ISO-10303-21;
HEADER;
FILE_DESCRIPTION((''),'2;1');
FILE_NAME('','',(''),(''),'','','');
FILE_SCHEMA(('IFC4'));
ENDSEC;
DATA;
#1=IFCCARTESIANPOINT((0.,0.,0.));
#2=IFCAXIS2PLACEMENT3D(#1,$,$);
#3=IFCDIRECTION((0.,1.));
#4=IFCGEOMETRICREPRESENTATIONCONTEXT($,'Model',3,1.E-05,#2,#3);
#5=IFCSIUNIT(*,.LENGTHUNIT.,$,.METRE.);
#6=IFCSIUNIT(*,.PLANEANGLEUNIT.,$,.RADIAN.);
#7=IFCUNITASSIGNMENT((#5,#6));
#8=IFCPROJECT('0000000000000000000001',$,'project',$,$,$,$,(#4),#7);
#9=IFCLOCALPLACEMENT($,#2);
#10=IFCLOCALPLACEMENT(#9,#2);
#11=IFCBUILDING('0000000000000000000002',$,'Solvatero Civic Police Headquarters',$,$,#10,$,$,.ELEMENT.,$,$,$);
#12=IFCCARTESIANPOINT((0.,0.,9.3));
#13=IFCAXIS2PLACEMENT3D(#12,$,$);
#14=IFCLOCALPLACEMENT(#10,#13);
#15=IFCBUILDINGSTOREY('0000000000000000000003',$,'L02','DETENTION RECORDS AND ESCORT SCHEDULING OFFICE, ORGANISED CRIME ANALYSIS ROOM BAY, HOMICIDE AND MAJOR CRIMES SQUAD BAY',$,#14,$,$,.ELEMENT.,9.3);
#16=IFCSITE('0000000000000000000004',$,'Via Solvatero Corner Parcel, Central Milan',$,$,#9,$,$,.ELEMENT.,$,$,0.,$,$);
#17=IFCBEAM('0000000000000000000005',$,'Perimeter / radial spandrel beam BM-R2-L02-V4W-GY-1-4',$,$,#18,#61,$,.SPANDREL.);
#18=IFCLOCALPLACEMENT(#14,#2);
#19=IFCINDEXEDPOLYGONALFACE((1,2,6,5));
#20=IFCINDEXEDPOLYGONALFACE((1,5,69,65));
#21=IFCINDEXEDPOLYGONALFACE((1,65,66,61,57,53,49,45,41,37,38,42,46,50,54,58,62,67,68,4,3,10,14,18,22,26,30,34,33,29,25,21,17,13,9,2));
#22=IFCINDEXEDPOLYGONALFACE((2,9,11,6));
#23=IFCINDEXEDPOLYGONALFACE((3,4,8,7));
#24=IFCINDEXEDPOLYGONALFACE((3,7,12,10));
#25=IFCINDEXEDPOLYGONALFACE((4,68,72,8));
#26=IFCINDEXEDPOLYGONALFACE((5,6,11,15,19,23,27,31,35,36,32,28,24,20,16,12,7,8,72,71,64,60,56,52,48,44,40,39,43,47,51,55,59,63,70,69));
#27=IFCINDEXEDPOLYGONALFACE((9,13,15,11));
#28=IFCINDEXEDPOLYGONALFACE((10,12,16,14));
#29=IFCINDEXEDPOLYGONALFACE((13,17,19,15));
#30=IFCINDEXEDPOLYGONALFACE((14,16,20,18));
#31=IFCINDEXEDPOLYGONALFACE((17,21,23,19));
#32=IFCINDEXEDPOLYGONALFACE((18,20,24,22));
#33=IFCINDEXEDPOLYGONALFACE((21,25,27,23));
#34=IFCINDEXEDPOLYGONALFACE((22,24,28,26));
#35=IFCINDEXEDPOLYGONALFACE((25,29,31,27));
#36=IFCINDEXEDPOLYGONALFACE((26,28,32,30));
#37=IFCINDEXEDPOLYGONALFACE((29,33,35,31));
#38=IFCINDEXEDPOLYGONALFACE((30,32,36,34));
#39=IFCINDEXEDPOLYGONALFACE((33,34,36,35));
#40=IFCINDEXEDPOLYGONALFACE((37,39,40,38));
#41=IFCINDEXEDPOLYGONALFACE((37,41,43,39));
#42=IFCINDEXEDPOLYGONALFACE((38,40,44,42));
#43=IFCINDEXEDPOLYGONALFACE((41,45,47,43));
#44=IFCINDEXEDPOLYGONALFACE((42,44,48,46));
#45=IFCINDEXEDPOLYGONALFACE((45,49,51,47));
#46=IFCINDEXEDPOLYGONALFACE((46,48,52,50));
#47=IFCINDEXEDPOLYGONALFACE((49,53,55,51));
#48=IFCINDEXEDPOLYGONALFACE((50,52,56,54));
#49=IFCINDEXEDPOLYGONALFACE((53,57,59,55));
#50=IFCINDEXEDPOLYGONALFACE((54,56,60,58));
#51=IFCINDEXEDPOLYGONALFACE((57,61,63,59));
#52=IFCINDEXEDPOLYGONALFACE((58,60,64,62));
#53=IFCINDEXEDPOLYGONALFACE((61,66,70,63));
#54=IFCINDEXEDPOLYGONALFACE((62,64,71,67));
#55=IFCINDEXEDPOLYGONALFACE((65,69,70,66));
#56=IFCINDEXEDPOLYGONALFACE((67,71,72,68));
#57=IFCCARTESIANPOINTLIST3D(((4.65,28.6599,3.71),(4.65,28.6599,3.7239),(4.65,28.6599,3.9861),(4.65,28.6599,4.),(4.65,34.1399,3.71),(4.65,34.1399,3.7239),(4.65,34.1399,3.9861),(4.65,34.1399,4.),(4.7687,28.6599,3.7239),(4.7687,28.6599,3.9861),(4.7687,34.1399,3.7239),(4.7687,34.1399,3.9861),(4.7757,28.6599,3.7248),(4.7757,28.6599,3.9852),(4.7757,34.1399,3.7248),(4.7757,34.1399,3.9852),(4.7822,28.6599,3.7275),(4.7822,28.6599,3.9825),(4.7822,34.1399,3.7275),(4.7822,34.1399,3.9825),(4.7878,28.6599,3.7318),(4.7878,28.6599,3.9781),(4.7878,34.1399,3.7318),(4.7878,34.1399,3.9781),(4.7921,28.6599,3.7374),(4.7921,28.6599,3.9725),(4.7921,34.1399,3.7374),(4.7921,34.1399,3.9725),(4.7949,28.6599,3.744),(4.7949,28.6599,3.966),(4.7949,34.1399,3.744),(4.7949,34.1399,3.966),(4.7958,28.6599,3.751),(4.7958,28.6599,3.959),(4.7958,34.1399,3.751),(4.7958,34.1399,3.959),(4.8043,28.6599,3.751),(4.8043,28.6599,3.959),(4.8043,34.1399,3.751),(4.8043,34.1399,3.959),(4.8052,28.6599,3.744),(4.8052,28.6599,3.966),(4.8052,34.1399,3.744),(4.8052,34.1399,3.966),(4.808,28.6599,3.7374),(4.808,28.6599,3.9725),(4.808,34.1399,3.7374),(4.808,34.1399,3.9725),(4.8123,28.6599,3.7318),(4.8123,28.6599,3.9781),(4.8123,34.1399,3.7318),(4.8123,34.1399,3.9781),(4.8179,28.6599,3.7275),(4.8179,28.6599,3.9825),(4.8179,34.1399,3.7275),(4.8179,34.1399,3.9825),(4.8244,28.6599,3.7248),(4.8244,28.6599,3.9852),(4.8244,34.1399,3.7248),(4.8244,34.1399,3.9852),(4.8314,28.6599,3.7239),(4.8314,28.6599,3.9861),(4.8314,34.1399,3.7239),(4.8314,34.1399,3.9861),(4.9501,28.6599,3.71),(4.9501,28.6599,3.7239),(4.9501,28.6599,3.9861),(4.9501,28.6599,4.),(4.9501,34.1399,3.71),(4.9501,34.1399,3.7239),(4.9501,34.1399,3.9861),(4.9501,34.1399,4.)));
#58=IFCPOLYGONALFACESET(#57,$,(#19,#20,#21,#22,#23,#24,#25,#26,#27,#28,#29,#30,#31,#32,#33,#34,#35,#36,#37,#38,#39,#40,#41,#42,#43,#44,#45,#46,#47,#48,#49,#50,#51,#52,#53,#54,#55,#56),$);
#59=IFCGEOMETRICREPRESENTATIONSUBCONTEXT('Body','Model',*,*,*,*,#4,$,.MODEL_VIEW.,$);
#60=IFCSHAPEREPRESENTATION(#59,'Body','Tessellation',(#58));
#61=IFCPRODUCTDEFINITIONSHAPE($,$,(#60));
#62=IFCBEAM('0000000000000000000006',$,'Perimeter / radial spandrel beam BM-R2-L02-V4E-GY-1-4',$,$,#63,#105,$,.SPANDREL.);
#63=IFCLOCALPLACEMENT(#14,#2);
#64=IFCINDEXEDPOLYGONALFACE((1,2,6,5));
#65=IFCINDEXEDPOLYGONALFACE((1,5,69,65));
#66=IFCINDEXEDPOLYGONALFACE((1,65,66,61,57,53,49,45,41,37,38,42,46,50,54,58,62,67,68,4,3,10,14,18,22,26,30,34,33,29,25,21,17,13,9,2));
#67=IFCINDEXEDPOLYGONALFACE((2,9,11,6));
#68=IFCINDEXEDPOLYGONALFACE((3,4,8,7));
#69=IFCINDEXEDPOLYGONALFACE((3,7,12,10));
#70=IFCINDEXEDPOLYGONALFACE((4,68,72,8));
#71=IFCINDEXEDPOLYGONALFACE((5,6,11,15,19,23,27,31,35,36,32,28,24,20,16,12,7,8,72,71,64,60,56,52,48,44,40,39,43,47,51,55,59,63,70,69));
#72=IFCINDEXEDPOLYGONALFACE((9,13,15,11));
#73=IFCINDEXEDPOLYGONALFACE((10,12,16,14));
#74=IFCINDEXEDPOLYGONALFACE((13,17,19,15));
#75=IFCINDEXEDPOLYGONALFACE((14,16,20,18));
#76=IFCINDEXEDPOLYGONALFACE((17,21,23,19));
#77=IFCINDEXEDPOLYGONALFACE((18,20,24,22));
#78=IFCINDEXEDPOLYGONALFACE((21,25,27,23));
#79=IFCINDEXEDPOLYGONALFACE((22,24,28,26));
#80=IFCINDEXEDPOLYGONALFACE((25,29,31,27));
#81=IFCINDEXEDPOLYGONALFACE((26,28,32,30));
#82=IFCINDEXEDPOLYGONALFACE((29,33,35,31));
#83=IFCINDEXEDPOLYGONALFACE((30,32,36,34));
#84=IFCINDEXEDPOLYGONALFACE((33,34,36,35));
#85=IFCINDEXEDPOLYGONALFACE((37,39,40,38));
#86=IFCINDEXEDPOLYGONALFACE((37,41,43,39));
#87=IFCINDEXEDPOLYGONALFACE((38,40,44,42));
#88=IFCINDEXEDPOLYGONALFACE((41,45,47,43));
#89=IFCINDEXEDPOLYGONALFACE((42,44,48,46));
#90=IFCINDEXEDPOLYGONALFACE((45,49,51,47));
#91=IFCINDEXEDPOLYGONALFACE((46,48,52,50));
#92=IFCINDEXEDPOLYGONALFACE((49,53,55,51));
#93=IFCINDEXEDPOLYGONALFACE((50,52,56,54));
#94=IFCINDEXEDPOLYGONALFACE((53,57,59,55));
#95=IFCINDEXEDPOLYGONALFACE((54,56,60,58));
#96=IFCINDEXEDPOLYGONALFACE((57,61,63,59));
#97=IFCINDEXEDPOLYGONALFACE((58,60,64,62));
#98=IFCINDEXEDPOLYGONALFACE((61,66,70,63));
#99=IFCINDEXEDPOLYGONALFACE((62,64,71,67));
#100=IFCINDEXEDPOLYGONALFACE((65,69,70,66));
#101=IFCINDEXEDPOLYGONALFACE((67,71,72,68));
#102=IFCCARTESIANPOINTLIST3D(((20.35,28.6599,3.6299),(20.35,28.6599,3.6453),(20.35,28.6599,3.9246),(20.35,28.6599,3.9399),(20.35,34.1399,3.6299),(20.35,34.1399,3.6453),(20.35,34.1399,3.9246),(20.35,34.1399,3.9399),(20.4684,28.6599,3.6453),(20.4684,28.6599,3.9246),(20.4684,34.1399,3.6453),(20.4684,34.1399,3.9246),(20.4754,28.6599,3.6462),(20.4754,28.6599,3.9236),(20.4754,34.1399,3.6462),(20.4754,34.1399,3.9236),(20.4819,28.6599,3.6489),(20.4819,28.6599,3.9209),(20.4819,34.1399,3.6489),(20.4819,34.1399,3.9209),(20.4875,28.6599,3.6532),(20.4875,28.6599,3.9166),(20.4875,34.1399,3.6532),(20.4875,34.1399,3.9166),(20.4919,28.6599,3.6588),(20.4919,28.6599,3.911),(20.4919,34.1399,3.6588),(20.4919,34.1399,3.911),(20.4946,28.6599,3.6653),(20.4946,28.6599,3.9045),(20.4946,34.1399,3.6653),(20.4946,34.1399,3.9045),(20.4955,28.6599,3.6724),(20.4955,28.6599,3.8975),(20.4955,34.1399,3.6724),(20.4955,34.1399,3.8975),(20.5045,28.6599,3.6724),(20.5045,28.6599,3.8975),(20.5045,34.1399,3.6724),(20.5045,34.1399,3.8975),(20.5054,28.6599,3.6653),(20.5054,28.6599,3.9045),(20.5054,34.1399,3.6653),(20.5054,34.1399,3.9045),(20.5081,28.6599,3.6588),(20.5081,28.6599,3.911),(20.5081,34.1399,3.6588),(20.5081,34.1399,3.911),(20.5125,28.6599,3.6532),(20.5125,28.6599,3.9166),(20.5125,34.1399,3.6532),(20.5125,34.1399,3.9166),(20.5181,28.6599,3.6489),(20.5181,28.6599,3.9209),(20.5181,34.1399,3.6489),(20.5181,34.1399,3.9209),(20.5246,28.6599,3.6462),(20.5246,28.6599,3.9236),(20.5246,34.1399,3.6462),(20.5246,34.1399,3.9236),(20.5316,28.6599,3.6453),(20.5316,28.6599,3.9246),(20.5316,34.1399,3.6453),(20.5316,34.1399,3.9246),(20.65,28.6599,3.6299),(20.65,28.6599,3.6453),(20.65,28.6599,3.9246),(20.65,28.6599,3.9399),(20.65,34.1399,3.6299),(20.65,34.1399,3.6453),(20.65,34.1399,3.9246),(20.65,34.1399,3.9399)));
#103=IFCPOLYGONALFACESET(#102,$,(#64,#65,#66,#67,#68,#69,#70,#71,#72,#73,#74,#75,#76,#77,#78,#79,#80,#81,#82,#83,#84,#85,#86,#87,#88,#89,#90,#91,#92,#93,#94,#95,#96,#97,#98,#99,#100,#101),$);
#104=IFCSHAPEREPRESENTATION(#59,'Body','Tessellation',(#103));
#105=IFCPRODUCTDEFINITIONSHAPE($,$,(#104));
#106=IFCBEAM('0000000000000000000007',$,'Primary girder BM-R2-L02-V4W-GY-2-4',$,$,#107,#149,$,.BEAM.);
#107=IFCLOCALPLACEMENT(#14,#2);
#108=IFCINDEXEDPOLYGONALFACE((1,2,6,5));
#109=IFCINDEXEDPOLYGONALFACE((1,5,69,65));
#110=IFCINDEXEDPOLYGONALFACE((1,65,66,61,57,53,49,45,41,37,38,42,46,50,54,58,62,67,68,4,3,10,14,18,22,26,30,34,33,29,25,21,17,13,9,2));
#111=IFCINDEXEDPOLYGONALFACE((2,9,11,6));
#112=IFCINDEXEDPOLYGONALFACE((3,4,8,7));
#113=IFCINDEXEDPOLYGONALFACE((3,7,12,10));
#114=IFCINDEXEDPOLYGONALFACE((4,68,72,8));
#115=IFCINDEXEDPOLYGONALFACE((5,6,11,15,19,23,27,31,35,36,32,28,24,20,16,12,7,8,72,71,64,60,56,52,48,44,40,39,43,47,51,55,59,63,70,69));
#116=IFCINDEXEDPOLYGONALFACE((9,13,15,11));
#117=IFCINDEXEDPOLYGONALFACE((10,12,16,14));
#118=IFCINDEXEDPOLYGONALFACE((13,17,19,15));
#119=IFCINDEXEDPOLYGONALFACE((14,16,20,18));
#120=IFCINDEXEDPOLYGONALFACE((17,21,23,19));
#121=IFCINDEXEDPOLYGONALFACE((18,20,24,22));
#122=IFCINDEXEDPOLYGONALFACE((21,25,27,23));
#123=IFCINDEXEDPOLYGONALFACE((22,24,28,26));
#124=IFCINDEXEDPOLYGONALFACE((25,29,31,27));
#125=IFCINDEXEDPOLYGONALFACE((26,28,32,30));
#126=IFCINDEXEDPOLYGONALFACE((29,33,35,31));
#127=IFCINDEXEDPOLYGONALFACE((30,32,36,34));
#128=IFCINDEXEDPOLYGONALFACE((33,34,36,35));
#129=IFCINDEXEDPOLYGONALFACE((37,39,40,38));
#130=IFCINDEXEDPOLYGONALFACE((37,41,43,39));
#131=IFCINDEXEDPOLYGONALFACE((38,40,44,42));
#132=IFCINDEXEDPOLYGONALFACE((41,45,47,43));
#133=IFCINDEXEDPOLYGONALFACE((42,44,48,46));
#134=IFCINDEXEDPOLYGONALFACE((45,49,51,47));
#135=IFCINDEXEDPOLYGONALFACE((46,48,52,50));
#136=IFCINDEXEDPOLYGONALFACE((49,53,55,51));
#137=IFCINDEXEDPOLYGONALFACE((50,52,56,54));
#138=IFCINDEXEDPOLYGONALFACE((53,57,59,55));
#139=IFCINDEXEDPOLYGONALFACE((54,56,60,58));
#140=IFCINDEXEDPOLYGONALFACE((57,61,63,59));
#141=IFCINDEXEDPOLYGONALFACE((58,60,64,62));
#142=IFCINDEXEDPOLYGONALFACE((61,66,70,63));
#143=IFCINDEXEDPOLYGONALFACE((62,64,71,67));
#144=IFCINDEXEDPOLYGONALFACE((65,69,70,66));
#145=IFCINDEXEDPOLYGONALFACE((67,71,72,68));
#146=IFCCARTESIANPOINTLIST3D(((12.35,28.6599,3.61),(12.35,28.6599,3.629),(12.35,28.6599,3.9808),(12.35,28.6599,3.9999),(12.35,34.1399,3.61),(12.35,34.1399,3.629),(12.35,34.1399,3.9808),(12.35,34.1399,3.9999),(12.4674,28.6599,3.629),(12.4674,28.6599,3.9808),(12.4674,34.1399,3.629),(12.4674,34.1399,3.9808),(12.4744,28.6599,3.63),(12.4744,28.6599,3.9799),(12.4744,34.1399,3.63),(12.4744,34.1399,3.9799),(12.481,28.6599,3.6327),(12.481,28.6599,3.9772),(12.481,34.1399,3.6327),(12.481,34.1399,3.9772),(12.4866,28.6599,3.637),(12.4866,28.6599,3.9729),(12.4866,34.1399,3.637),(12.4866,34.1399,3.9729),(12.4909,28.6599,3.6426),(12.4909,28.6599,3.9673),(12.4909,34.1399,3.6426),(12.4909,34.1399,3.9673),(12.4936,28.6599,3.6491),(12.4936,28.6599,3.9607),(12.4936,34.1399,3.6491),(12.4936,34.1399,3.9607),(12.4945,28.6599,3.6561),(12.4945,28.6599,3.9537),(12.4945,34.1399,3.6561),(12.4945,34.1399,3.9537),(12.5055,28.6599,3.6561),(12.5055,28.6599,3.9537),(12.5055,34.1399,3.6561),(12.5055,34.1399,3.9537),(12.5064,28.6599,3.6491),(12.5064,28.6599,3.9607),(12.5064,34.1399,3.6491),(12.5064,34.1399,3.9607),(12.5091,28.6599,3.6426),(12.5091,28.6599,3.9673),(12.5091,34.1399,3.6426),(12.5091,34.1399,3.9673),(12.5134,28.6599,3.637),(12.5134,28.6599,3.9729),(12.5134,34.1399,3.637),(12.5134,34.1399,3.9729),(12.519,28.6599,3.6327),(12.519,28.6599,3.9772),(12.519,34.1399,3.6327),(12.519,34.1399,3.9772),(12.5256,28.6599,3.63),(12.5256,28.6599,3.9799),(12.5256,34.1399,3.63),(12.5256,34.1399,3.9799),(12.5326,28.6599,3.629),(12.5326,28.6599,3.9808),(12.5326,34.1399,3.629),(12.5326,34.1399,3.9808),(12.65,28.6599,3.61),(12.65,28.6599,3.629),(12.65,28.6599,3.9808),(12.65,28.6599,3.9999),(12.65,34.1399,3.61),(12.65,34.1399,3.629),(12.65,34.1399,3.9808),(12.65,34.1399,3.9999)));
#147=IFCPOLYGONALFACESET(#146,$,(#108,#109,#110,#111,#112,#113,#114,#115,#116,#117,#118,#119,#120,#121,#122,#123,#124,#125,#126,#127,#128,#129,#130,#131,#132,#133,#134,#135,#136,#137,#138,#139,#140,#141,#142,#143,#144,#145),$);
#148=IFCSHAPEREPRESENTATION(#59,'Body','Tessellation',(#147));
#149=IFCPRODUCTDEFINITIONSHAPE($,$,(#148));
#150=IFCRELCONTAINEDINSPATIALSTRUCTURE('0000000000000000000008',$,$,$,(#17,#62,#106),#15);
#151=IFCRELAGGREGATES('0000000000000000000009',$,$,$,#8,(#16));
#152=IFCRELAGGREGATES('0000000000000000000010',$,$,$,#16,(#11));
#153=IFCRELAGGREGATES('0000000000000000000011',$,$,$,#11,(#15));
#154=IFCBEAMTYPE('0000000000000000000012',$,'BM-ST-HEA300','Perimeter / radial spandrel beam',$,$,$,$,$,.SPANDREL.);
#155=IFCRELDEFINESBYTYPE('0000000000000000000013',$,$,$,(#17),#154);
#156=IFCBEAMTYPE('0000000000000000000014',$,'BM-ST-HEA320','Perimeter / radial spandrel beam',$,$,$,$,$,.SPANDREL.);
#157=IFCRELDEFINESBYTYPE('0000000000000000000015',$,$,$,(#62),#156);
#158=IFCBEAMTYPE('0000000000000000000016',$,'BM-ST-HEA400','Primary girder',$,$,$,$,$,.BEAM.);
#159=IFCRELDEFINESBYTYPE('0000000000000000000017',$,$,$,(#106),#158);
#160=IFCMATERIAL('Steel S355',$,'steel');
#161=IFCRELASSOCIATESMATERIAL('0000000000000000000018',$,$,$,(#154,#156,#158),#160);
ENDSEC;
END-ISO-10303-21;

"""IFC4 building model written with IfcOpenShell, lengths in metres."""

from ifc_helpers import new_model, si_unit, direction, frame, origin, origin_2d, place, context, subcontext, project, spatial, i_section, extrude, material, material_profile, profile_set, type_object, element, save


model = new_model("IFC4")

# Units and contexts
model_context = context("Model", 3, precision=1e-05, world=origin(), true_north=direction((0.0, 1.0)))
body_context = subcontext(model_context, "Body", "Model", "MODEL_VIEW")
ifc_project = project(units=[si_unit("LENGTHUNIT", "METRE"), si_unit("PLANEANGLEUNIT", "RADIAN")], contexts=[model_context])

# Site, building, storey
site_placement = place(None, origin())
site = spatial("IfcSite", under=ifc_project, at=site_placement, Name="Via Solvatero Corner Parcel, Central Milan", CompositionType="ELEMENT", RefElevation=0.0)
building_placement = place(site_placement, origin())
building = spatial("IfcBuilding", under=site, at=building_placement, Name="Solvatero Civic Police Headquarters", CompositionType="ELEMENT")
storey_placement = place(building_placement, frame((0.0, 0.0, 9.3)))
storey = spatial("IfcBuildingStorey", under=building, at=storey_placement, Name="L02", Description="DETENTION RECORDS AND ESCORT SCHEDULING OFFICE, ORGANISED CRIME ANALYSIS ROOM BAY, HOMICIDE AND MAJOR CRIMES SQUAD BAY", CompositionType="ELEMENT", Elevation=9.3)

# Shared definitions
ifc_material = material(Name="Steel S355", Category="steel")

# Beams
ifc_material_profile_1 = material_profile(ifc_material, i_section(OverallWidth=0.3, OverallDepth=0.29, WebThickness=0.0085, FlangeThickness=0.0139, FilletRadius=0.0271, at=origin_2d()), Name="HEA 300")
ifc_profile_set_1 = profile_set([ifc_material_profile_1], Name="Steel S355")
beam_type_1 = type_object("IfcBeamType", Name="BM-ST-HEA300", Description="Perimeter / radial spandrel beam", PredefinedType="SPANDREL", material=ifc_profile_set_1)
beam_1_placement = place(storey_placement, frame((4.8, 28.6599, 3.855), z_axis=(0.0, 1.0, 0.0), x_axis=(-1.0, 0.0, 0.0)))
element("IfcBeam", 1, at=beam_1_placement, inside=storey, type_object=beam_type_1, Name="Perimeter / radial spandrel beam BM-R2-L02-V4W-GY-1-4", PredefinedType="SPANDREL", context=body_context, shape_type="SweptSolid", body=[
    extrude(i_section(OverallWidth=0.3, OverallDepth=0.29, WebThickness=0.0085, FlangeThickness=0.0139, FilletRadius=0.0271, at=origin_2d()), origin(), (0.0, 0.0, 1.0), 5.48),
])
ifc_material_profile_2 = material_profile(ifc_material, i_section(OverallWidth=0.3, OverallDepth=0.3101, WebThickness=0.009, FlangeThickness=0.0154, FilletRadius=0.0271, at=origin_2d()), Name="HEA 320")
ifc_profile_set_2 = profile_set([ifc_material_profile_2], Name="Steel S355")
beam_type_2 = type_object("IfcBeamType", Name="BM-ST-HEA320", Description="Perimeter / radial spandrel beam", PredefinedType="SPANDREL", material=ifc_profile_set_2)
beam_2_placement = place(storey_placement, frame((20.5, 28.6599, 3.7849), z_axis=(0.0, 1.0, 0.0), x_axis=(-1.0, 0.0, 0.0)))
element("IfcBeam", 2, at=beam_2_placement, inside=storey, type_object=beam_type_2, Name="Perimeter / radial spandrel beam BM-R2-L02-V4E-GY-1-4", PredefinedType="SPANDREL", context=body_context, shape_type="SweptSolid", body=[
    extrude(i_section(OverallWidth=0.3, OverallDepth=0.3101, WebThickness=0.009, FlangeThickness=0.0154, FilletRadius=0.0271, at=origin_2d()), origin(), (0.0, 0.0, 1.0), 5.48),
])
ifc_material_profile_3 = material_profile(ifc_material, i_section(OverallWidth=0.3, OverallDepth=0.3899, WebThickness=0.011, FlangeThickness=0.019, FilletRadius=0.0271, at=origin_2d()), Name="HEA 400")
ifc_profile_set_3 = profile_set([ifc_material_profile_3], Name="Steel S355")
beam_type_3 = type_object("IfcBeamType", Name="BM-ST-HEA400", Description="Primary girder", PredefinedType="BEAM", material=ifc_profile_set_3)
beam_3_placement = place(storey_placement, frame((12.5, 28.6599, 3.8049), z_axis=(0.0, 1.0, 0.0), x_axis=(-1.0, 0.0, 0.0)))
element("IfcBeam", 3, at=beam_3_placement, inside=storey, type_object=beam_type_3, Name="Primary girder BM-R2-L02-V4W-GY-2-4", PredefinedType="BEAM", context=body_context, shape_type="SweptSolid", body=[
    extrude(i_section(OverallWidth=0.3, OverallDepth=0.3899, WebThickness=0.011, FlangeThickness=0.019, FilletRadius=0.0271, at=origin_2d()), origin(), (0.0, 0.0, 1.0), 5.48),
])

save(model, "model.ifc")
